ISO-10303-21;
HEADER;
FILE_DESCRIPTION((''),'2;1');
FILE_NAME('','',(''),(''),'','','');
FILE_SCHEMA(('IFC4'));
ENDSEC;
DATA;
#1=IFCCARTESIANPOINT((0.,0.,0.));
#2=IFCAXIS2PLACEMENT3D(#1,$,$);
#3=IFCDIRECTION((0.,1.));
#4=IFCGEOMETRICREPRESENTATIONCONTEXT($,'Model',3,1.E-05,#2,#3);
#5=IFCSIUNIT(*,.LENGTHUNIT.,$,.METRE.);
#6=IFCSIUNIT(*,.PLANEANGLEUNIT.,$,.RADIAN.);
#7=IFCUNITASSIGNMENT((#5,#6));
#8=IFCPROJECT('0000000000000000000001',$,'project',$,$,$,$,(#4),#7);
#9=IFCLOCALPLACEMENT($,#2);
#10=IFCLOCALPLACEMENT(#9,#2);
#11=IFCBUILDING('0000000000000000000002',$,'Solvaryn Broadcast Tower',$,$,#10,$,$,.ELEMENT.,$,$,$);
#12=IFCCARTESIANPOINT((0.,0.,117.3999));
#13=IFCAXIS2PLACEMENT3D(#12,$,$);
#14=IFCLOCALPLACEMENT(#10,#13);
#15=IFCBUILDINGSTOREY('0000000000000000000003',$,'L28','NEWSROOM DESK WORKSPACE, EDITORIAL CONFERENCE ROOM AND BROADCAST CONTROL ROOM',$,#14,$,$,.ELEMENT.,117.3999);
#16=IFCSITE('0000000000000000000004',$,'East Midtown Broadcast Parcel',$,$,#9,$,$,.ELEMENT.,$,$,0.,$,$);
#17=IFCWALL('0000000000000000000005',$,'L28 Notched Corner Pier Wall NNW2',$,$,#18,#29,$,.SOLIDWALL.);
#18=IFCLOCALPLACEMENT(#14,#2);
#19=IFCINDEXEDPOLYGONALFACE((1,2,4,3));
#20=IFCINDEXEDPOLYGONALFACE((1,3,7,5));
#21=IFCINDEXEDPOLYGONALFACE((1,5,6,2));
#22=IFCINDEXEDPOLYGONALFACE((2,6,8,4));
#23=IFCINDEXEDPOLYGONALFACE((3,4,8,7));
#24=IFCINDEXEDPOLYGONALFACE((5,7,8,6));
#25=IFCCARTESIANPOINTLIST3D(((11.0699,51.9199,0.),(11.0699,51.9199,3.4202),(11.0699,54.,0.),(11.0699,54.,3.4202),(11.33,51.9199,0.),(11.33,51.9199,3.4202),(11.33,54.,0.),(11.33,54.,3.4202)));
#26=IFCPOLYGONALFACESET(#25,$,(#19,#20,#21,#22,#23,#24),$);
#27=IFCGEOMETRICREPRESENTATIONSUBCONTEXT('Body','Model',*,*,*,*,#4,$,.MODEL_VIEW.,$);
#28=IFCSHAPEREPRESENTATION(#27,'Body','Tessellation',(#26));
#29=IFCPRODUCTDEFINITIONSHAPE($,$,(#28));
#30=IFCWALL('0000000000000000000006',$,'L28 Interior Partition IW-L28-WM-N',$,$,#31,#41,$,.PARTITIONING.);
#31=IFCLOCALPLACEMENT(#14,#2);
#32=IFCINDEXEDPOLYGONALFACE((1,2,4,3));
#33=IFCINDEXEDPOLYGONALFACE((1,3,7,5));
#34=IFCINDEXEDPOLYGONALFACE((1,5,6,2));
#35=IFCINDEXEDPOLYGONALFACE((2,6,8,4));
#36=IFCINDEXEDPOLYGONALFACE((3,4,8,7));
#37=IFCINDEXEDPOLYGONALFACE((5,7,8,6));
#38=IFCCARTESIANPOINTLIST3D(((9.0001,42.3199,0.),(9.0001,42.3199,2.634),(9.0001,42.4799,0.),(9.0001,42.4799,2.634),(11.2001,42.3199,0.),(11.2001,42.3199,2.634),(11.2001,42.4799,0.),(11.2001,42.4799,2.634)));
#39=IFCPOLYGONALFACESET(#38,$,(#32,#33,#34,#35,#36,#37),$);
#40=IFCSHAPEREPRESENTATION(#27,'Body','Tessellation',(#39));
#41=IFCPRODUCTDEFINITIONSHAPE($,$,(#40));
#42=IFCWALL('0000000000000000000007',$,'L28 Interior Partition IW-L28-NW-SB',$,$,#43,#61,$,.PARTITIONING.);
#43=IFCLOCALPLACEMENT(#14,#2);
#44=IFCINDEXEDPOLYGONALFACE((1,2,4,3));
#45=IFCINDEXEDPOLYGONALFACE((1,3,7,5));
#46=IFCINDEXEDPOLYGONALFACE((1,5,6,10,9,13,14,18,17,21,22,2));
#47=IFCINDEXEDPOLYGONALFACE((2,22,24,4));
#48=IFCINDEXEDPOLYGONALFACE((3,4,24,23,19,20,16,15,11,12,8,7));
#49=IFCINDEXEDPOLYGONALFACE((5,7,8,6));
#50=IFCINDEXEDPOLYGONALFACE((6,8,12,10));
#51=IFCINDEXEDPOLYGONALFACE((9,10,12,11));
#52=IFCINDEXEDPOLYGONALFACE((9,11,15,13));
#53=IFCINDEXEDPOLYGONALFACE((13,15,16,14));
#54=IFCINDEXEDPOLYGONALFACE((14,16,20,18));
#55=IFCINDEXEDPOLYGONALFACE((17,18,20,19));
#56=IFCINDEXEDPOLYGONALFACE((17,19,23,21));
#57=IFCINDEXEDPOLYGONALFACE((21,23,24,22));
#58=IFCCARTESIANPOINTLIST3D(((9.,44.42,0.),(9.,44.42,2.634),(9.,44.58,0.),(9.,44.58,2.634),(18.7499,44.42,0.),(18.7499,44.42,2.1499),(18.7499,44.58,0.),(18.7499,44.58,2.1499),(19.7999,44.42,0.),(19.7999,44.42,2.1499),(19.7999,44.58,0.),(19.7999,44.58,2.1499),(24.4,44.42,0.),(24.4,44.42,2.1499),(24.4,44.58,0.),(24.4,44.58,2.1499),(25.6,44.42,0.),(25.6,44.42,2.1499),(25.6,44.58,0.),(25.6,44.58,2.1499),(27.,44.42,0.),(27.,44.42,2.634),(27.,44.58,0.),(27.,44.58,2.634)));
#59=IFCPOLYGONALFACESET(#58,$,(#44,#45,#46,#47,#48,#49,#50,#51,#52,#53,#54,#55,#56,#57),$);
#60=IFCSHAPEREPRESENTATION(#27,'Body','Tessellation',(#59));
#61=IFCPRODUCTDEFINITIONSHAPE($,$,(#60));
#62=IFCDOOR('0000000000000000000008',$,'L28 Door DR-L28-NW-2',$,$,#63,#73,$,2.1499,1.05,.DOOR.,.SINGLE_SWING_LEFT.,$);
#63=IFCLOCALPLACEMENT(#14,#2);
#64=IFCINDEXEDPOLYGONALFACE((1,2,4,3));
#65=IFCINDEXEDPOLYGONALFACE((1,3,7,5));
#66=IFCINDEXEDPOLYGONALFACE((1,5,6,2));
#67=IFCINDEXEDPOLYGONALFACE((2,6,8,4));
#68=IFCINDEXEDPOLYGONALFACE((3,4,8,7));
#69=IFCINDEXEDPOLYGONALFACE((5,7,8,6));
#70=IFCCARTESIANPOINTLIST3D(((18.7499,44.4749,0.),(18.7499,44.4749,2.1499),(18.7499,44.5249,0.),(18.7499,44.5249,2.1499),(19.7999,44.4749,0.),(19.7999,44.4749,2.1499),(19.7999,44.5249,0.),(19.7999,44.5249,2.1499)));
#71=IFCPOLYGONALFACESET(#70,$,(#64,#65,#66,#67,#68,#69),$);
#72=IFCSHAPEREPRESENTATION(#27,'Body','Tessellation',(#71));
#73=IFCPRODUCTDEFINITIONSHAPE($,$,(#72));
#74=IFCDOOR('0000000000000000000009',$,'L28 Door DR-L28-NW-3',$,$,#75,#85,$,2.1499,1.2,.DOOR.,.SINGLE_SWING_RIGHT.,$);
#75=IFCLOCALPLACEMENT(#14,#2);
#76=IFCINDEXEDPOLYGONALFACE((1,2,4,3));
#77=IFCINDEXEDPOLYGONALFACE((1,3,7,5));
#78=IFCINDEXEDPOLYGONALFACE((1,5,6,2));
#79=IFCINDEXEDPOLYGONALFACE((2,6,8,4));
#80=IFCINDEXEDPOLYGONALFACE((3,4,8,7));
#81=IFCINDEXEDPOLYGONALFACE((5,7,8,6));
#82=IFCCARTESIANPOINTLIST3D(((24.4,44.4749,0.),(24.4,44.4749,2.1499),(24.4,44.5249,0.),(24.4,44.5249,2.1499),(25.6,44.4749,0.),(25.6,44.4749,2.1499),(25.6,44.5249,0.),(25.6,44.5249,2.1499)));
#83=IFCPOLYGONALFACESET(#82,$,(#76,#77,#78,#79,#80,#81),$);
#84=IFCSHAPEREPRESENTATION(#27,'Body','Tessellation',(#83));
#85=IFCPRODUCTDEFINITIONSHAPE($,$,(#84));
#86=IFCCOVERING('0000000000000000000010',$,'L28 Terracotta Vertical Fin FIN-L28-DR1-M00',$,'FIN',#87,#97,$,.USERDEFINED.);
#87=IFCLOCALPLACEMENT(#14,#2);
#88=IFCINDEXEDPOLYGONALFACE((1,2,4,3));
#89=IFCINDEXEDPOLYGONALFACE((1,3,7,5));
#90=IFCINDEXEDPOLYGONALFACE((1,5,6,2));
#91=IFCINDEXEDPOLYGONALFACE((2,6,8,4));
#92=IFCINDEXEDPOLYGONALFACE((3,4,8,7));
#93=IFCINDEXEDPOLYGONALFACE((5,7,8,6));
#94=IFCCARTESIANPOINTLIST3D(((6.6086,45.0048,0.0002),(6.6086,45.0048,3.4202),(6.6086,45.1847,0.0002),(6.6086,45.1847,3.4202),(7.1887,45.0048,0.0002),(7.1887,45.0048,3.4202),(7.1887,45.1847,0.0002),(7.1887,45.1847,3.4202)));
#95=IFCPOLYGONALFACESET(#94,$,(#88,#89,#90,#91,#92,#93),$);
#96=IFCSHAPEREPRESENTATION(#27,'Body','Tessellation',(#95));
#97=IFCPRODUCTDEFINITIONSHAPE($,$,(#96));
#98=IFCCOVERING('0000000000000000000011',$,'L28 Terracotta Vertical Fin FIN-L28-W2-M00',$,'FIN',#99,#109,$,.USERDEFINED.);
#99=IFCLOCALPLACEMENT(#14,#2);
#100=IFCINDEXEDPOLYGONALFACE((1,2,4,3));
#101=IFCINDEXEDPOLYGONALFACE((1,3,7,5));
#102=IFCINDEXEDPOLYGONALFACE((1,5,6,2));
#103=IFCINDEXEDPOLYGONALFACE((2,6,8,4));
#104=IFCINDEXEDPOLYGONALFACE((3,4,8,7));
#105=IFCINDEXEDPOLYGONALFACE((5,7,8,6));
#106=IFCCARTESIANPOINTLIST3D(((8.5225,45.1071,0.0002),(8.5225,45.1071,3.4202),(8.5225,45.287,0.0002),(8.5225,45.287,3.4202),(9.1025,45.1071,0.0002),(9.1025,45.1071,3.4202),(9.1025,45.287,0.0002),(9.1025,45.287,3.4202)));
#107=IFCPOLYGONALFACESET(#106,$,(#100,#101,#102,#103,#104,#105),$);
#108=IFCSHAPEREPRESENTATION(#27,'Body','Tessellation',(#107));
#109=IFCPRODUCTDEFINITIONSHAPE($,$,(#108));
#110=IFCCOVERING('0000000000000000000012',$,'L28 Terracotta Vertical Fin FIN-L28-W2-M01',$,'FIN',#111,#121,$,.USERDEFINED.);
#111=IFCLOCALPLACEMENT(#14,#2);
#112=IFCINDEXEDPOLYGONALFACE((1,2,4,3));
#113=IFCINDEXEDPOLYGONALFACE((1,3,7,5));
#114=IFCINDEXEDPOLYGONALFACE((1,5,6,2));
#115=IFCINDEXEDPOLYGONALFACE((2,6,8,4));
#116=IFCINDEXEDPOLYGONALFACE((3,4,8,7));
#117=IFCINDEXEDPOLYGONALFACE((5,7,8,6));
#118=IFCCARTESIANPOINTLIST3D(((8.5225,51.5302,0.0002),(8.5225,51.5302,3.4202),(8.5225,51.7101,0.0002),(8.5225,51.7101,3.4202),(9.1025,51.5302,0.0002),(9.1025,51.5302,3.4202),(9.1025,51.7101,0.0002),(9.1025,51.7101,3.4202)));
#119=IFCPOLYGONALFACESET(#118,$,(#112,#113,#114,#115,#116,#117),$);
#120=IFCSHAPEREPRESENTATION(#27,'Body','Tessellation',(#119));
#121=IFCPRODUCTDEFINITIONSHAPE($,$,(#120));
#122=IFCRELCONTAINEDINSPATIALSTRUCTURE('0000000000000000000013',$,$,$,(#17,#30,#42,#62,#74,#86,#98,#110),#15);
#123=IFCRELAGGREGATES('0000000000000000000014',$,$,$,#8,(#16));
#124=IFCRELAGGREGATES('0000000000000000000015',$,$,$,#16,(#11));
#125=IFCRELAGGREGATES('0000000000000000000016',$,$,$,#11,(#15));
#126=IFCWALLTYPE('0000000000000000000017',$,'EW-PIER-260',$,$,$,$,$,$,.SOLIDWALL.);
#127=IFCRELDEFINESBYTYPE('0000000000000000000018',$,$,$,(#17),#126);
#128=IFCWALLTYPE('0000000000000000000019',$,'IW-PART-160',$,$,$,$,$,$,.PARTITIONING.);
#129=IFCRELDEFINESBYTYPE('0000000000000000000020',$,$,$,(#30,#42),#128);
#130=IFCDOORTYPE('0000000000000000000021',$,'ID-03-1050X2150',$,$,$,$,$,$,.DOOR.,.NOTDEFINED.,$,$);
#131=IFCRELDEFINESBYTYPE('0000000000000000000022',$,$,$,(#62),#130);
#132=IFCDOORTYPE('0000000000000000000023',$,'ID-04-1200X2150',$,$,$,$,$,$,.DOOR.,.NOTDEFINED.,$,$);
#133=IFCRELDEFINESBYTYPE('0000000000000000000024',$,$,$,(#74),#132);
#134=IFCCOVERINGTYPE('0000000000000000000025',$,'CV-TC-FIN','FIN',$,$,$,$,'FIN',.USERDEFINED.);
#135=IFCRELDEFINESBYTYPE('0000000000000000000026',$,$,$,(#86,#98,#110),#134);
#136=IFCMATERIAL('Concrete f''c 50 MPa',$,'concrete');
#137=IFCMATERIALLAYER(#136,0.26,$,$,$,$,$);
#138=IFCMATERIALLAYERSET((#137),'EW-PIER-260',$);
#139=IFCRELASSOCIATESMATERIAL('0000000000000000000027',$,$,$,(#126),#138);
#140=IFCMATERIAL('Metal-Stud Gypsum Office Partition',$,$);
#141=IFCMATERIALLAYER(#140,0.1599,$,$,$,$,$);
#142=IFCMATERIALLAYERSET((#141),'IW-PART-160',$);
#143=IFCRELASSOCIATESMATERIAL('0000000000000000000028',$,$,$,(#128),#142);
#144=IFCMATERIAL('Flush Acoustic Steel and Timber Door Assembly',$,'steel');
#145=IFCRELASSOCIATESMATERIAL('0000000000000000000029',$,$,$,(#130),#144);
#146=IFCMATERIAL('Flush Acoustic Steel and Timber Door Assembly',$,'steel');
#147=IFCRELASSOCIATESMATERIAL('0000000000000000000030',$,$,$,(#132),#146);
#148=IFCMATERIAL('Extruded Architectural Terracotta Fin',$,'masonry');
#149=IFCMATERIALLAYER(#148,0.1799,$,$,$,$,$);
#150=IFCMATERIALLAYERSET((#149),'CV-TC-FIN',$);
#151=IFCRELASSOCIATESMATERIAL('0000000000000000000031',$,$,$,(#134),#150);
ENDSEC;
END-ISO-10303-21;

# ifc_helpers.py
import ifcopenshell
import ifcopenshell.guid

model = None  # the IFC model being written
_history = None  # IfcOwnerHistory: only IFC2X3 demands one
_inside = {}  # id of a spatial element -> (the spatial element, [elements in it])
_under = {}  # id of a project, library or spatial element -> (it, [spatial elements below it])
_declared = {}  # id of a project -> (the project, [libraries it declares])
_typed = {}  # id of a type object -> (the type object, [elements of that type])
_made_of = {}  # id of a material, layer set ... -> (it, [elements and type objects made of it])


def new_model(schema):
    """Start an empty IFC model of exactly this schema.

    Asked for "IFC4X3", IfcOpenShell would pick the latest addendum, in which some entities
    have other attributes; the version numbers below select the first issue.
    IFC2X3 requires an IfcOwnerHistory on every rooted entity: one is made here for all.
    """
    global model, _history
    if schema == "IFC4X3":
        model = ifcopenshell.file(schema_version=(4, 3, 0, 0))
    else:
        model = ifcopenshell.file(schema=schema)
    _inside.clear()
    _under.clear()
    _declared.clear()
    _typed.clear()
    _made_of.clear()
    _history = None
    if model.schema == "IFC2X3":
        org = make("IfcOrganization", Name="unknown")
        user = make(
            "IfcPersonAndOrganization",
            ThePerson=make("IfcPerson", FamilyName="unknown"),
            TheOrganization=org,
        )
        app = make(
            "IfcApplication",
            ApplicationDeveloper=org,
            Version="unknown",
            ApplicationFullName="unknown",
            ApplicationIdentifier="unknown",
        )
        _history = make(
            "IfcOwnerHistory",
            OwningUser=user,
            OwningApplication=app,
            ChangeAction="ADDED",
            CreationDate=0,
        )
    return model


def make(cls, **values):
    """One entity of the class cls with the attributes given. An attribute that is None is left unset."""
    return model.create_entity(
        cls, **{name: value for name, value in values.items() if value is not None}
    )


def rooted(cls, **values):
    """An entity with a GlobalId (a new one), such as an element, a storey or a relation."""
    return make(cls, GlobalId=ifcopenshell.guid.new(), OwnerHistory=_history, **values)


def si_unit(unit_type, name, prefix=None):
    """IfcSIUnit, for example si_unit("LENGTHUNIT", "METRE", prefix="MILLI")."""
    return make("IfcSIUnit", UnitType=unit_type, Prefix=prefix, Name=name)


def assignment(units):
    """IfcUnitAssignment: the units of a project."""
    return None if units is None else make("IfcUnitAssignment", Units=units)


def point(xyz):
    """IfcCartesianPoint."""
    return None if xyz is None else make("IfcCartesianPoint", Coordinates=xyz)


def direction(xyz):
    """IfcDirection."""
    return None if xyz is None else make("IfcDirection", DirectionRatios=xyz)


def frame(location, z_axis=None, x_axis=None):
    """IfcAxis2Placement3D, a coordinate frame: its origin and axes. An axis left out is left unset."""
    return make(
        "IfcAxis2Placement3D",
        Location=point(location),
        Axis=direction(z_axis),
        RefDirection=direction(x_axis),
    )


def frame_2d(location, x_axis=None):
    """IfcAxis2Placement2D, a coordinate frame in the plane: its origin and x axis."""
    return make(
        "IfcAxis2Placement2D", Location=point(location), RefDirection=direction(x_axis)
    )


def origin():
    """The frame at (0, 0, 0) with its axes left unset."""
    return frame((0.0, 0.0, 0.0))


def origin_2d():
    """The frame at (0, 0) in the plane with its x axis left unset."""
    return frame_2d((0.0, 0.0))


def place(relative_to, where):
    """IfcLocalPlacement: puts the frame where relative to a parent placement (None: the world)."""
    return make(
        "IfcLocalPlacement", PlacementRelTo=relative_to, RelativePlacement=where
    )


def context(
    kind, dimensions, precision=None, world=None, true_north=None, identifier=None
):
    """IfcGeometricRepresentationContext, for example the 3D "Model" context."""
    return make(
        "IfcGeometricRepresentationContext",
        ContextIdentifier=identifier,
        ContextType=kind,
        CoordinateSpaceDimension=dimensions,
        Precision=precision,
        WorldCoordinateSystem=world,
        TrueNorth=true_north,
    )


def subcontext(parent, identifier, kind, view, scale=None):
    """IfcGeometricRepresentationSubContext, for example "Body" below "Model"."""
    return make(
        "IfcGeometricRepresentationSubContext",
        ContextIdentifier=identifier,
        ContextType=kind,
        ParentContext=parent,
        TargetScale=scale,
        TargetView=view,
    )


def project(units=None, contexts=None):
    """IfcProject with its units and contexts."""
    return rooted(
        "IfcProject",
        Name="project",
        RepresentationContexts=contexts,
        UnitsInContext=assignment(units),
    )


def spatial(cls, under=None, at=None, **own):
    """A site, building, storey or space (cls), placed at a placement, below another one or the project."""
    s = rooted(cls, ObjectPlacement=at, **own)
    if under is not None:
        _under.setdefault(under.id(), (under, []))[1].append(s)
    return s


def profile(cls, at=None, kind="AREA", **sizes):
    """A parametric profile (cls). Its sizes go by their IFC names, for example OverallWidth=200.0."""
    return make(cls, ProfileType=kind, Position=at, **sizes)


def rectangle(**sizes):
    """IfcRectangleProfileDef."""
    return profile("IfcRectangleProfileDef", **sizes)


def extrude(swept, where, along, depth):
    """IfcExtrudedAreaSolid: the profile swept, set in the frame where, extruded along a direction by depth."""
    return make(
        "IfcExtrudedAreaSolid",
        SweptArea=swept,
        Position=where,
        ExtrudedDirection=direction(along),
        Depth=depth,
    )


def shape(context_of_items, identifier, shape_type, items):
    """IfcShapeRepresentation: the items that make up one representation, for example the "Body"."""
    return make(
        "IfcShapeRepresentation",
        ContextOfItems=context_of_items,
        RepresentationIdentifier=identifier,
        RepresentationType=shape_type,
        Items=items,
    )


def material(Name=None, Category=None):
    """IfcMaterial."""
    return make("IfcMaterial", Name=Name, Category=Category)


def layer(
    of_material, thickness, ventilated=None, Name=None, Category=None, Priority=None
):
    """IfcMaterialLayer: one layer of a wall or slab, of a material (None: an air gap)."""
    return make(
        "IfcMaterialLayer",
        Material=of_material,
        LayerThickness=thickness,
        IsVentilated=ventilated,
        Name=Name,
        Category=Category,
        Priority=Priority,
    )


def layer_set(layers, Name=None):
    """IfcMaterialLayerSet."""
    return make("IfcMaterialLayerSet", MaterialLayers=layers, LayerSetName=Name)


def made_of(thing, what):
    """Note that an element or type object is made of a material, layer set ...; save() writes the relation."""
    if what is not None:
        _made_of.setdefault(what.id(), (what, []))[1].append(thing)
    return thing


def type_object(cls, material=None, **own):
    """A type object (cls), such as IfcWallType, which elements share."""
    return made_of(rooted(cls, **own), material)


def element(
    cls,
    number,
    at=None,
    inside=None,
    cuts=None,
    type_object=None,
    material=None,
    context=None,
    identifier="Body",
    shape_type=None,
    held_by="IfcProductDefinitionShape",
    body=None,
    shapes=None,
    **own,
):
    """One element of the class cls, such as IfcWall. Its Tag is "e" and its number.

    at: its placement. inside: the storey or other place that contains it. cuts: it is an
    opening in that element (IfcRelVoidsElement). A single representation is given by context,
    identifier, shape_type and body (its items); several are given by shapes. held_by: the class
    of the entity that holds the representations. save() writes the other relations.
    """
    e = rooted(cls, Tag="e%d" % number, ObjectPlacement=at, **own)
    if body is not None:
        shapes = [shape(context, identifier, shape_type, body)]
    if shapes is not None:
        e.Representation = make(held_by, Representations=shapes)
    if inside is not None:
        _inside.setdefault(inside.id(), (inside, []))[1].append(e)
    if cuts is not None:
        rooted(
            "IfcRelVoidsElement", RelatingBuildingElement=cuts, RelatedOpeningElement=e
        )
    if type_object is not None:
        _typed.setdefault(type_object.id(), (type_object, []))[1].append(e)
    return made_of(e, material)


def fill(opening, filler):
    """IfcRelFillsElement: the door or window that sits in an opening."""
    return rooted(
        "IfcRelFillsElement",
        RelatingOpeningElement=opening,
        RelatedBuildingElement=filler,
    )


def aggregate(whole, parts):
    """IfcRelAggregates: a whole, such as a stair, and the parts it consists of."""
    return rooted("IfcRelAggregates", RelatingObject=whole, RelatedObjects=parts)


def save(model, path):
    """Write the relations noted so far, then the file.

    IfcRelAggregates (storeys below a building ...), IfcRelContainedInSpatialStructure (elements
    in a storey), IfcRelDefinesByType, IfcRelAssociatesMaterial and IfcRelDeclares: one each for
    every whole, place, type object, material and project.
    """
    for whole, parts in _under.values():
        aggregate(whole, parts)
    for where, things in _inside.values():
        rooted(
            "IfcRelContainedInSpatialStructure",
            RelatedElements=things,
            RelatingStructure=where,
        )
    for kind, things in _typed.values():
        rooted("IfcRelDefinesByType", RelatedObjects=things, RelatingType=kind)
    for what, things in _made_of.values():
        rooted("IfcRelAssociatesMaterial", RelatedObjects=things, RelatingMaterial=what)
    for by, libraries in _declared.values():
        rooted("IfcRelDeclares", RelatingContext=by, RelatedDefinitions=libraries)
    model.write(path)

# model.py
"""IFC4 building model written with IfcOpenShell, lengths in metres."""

from ifc_helpers import new_model, si_unit, direction, frame, frame_2d, origin, origin_2d, place, context, subcontext, project, spatial, rectangle, extrude, material, layer, layer_set, type_object, element, fill, save


model = new_model("IFC4")

# Units and contexts
model_context = context("Model", 3, precision=1e-05, world=origin(), true_north=direction((0.0, 1.0)))
body_context = subcontext(model_context, "Body", "Model", "MODEL_VIEW")
ifc_project = project(units=[si_unit("LENGTHUNIT", "METRE"), si_unit("PLANEANGLEUNIT", "RADIAN")], contexts=[model_context])

# Site, building, storey
site_placement = place(None, origin())
site = spatial("IfcSite", under=ifc_project, at=site_placement, Name="East Midtown Broadcast Parcel", CompositionType="ELEMENT", RefElevation=0.0)
building_placement = place(site_placement, origin())
building = spatial("IfcBuilding", under=site, at=building_placement, Name="Solvaryn Broadcast Tower", CompositionType="ELEMENT")
storey_placement = place(building_placement, frame((0.0, 0.0, 117.3999)))
storey = spatial("IfcBuildingStorey", under=building, at=storey_placement, Name="L28", Description="NEWSROOM DESK WORKSPACE, EDITORIAL CONFERENCE ROOM AND BROADCAST CONTROL ROOM", CompositionType="ELEMENT", Elevation=117.3999)

# Walls
ifc_material_1 = material(Name="Concrete f'c 50 MPa", Category="concrete")
ifc_layer_1 = layer(ifc_material_1, 0.26)
ifc_layer_set_1 = layer_set([ifc_layer_1], Name="EW-PIER-260")
wall_type_1 = type_object("IfcWallType", Name="EW-PIER-260", PredefinedType="SOLIDWALL", material=ifc_layer_set_1)
wall_1_placement = place(storey_placement, frame((11.2, 51.9199, 0.0), z_axis=(0.0, 0.0, 1.0), x_axis=(0.0, 1.0, 0.0)))
element("IfcWall", 1, at=wall_1_placement, inside=storey, type_object=wall_type_1, Name="L28 Notched Corner Pier Wall NNW2", PredefinedType="SOLIDWALL", context=body_context, shape_type="SweptSolid", body=[
    extrude(rectangle(XDim=2.0801, YDim=0.26, at=frame_2d((1.04, 0.0))), origin(), (0.0, 0.0, 1.0), 3.4202),
])
ifc_material_2 = material(Name="Metal-Stud Gypsum Office Partition")
ifc_layer_2 = layer(ifc_material_2, 0.1599)
ifc_layer_set_2 = layer_set([ifc_layer_2], Name="IW-PART-160")
wall_type_2 = type_object("IfcWallType", Name="IW-PART-160", PredefinedType="PARTITIONING", material=ifc_layer_set_2)
wall_2_placement = place(storey_placement, frame((9.0, 42.3999, 0.0), z_axis=(0.0, 0.0, 1.0), x_axis=(1.0, 0.0, 0.0)))
element("IfcWall", 2, at=wall_2_placement, inside=storey, type_object=wall_type_2, Name="L28 Interior Partition IW-L28-WM-N", PredefinedType="PARTITIONING", context=body_context, shape_type="SweptSolid", body=[
    extrude(rectangle(XDim=2.2, YDim=0.1599, at=frame_2d((1.1001, 0.0))), origin(), (0.0, 0.0, 1.0), 2.634),
])

# Wall, openings, doors
wall_3_placement = place(storey_placement, frame((9.0, 44.5, 0.0), z_axis=(0.0, 0.0, 1.0), x_axis=(1.0, 0.0, 0.0)))
wall_3 = element("IfcWall", 3, at=wall_3_placement, inside=storey, type_object=wall_type_2, Name="L28 Interior Partition IW-L28-NW-SB", PredefinedType="PARTITIONING", context=body_context, shape_type="SweptSolid", body=[
    extrude(rectangle(XDim=18.0, YDim=0.1599, at=frame_2d((9.0, 0.0))), origin(), (0.0, 0.0, 1.0), 2.634),
])
opening_1_placement = place(wall_3_placement, frame((9.75, 0.0, 0.0)))
opening_1 = element("IfcOpeningElement", 4, at=opening_1_placement, cuts=wall_3, PredefinedType="OPENING", context=body_context, shape_type="SweptSolid", body=[
    extrude(rectangle(XDim=1.05, YDim=2.1499, at=frame_2d((0.5249, 1.075))), frame((0.0, 0.0901, 0.0), z_axis=(0.0, -1.0, 0.0), x_axis=(1.0, 0.0, 0.0)), (0.0, 0.0, 1.0), 0.1799),
])
opening_2_placement = place(wall_3_placement, frame((15.3999, 0.0, 0.0)))
opening_2 = element("IfcOpeningElement", 5, at=opening_2_placement, cuts=wall_3, PredefinedType="OPENING", context=body_context, shape_type="SweptSolid", body=[
    extrude(rectangle(XDim=1.2, YDim=2.1499, at=frame_2d((0.6001, 1.075))), frame((0.0, 0.0901, 0.0), z_axis=(0.0, -1.0, 0.0), x_axis=(1.0, 0.0, 0.0)), (0.0, 0.0, 1.0), 0.1799),
])
ifc_material_3 = material(Name="Flush Acoustic Steel and Timber Door Assembly", Category="steel")
door_type_1 = type_object("IfcDoorType", Name="ID-03-1050X2150", OperationType="NOTDEFINED", PredefinedType="DOOR", material=ifc_material_3)
door_1_placement = place(opening_1_placement, origin())
door_1 = element("IfcDoor", 6, at=door_1_placement, inside=storey, type_object=door_type_1, Name="L28 Door DR-L28-NW-2", OperationType="SINGLE_SWING_LEFT", OverallHeight=2.1499, OverallWidth=1.05, PredefinedType="DOOR", context=body_context, shape_type="SweptSolid", body=[
    extrude(rectangle(XDim=1.05, YDim=2.1499, at=frame_2d((0.5249, 1.075))), frame((0.0, 0.0249, 0.0), z_axis=(0.0, -1.0, 0.0), x_axis=(1.0, 0.0, 0.0)), (0.0, 0.0, 1.0), 0.05),
])
fill(opening_1, door_1)
ifc_material_4 = material(Name="Flush Acoustic Steel and Timber Door Assembly", Category="steel")
door_type_2 = type_object("IfcDoorType", Name="ID-04-1200X2150", OperationType="NOTDEFINED", PredefinedType="DOOR", material=ifc_material_4)
door_2_placement = place(opening_2_placement, origin())
door_2 = element("IfcDoor", 7, at=door_2_placement, inside=storey, type_object=door_type_2, Name="L28 Door DR-L28-NW-3", OperationType="SINGLE_SWING_RIGHT", OverallHeight=2.1499, OverallWidth=1.2, PredefinedType="DOOR", context=body_context, shape_type="SweptSolid", body=[
    extrude(rectangle(XDim=1.2, YDim=2.1499, at=frame_2d((0.6001, 1.075))), frame((0.0, 0.0249, 0.0), z_axis=(0.0, -1.0, 0.0), x_axis=(1.0, 0.0, 0.0)), (0.0, 0.0, 1.0), 0.05),
])
fill(opening_2, door_2)

# Coverings
ifc_material_5 = material(Name="Extruded Architectural Terracotta Fin", Category="masonry")
ifc_layer_3 = layer(ifc_material_5, 0.1799)
ifc_layer_set_3 = layer_set([ifc_layer_3], Name="CV-TC-FIN")
covering_type = type_object("IfcCoveringType", Name="CV-TC-FIN", Description="FIN", ElementType="FIN", PredefinedType="USERDEFINED", material=ifc_layer_set_3)
for number, where, z_axis, x_axis, name in (
    (8, (6.8987, 45.0947, 0.0002), (0.0, 0.0, 1.0), (1.0, 0.0, 0.0), "L28 Terracotta Vertical Fin FIN-L28-DR1-M00"),
    (9, (8.8125, 45.197, 0.0002), (0.0, 0.0, 1.0), (1.0, 0.0, 0.0), "L28 Terracotta Vertical Fin FIN-L28-W2-M00"),
    (10, (8.8125, 51.6201, 0.0002), (0.0, 0.0, 1.0), (1.0, 0.0, 0.0), "L28 Terracotta Vertical Fin FIN-L28-W2-M01"),
):
    element("IfcCovering", number, at=place(storey_placement, frame(where, z_axis=z_axis, x_axis=x_axis)), inside=storey, type_object=covering_type, Name=name, ObjectType="FIN", PredefinedType="USERDEFINED", context=body_context, shape_type="SweptSolid", body=[
        extrude(rectangle(XDim=0.5801, YDim=0.1799, at=origin_2d()), origin(), (0.0, 0.0, 1.0), 3.4199),
    ])

save(model, "model.ifc")
